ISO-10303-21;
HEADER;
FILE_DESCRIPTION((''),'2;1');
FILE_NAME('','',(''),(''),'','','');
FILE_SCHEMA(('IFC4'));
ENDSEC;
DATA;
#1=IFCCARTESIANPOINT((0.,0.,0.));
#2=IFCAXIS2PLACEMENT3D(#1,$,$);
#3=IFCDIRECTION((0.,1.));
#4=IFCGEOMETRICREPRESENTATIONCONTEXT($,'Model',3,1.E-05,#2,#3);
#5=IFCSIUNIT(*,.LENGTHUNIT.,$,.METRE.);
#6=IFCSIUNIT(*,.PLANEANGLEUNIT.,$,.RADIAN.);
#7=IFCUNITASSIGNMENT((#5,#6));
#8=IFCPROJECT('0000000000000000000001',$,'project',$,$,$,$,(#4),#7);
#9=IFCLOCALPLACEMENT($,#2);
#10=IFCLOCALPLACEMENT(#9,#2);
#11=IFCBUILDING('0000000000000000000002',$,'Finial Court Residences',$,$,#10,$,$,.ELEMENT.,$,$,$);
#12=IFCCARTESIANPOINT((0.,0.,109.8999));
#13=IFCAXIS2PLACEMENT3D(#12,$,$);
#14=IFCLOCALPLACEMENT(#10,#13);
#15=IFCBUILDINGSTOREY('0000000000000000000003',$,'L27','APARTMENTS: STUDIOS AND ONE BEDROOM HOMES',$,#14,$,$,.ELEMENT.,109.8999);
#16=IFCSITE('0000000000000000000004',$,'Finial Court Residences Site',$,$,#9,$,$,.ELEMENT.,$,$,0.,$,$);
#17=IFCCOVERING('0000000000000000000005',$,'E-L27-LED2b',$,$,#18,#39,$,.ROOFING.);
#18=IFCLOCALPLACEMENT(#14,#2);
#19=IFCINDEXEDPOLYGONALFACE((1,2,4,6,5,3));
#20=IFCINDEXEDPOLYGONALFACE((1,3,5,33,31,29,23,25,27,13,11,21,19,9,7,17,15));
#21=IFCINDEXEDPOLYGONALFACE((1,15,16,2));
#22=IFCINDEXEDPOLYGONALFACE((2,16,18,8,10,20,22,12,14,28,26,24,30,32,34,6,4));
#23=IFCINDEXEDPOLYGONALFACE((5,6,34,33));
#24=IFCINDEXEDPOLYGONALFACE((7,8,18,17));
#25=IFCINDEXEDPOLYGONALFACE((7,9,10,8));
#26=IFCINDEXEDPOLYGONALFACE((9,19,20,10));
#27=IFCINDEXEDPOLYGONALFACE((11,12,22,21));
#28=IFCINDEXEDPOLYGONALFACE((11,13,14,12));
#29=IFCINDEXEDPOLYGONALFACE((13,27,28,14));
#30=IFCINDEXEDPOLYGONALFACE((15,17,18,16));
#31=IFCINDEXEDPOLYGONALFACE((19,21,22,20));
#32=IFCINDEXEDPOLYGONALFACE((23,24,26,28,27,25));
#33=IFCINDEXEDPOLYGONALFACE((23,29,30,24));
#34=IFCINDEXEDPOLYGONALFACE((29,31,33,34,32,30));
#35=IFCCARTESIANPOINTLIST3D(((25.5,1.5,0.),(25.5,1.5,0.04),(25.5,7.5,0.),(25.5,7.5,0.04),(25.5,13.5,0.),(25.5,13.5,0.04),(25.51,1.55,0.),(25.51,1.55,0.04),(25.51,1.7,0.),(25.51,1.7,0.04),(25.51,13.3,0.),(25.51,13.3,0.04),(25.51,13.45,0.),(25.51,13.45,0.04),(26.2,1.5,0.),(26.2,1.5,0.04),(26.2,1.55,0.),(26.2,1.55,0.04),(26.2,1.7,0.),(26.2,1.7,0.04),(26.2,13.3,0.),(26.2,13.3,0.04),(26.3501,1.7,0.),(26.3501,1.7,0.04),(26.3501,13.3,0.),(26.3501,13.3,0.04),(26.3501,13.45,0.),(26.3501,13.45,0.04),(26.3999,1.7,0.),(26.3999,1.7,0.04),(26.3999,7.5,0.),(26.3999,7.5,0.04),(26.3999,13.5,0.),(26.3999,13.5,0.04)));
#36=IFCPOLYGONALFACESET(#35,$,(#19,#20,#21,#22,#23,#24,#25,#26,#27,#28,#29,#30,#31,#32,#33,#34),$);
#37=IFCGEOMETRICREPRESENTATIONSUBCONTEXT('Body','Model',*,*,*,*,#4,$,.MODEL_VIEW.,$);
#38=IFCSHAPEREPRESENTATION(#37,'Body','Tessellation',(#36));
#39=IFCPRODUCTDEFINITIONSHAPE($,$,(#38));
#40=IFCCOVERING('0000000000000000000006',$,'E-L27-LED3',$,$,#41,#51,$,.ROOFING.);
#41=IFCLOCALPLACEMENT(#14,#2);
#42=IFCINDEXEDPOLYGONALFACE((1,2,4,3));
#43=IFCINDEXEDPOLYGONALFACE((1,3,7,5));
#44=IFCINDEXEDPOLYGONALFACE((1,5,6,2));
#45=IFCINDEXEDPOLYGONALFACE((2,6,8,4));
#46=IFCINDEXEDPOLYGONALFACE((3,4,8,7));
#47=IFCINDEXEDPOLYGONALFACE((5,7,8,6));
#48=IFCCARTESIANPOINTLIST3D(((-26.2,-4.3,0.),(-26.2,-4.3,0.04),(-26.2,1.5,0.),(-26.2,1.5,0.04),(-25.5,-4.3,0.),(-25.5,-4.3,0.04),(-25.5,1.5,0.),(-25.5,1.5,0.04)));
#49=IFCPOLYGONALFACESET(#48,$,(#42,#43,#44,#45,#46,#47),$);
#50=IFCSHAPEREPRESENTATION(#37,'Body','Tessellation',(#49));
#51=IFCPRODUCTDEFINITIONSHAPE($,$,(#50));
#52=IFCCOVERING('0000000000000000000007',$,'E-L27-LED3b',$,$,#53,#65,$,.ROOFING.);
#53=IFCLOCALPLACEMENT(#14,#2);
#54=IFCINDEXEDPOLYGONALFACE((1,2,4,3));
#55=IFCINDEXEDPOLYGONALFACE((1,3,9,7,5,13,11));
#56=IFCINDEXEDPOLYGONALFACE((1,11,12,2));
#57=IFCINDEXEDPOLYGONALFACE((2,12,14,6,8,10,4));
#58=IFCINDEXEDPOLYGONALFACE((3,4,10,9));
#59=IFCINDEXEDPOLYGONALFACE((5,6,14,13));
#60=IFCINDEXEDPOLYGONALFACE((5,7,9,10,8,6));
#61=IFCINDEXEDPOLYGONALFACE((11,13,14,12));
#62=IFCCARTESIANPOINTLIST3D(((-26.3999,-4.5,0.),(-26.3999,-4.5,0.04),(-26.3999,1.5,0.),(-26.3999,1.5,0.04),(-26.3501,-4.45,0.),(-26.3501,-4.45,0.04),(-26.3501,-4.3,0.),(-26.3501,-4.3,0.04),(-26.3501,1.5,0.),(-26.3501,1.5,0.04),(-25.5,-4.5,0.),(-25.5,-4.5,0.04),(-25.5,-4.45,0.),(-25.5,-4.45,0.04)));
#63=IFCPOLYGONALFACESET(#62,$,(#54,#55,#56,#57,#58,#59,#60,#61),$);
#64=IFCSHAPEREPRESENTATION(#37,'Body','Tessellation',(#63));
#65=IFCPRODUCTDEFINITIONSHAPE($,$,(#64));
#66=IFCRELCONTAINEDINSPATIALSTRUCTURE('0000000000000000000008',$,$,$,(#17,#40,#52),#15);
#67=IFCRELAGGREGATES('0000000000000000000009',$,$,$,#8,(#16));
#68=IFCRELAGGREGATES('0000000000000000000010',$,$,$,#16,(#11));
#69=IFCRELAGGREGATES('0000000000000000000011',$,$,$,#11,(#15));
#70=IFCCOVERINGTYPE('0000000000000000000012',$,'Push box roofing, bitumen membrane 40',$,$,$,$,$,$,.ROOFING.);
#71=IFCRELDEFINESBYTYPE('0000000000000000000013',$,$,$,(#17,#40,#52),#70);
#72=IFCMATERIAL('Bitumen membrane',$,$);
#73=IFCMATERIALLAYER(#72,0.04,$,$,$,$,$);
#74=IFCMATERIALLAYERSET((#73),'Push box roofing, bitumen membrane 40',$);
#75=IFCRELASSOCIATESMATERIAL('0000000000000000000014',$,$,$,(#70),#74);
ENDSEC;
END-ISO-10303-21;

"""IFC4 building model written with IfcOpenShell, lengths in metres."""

from ifc_helpers import new_model, si_unit, direction, frame, origin, place, context, subcontext, project, spatial, polyline, outline, extrude, material, layer, layer_set, type_object, element, save


model = new_model("IFC4")

# Units and contexts
model_context = context("Model", 3, precision=1e-05, world=origin(), true_north=direction((0.0, 1.0)))
body_context = subcontext(model_context, "Body", "Model", "MODEL_VIEW")
ifc_project = project(units=[si_unit("LENGTHUNIT", "METRE"), si_unit("PLANEANGLEUNIT", "RADIAN")], contexts=[model_context])

# Site, building, storey
site_placement = place(None, origin())
site = spatial("IfcSite", under=ifc_project, at=site_placement, Name="Finial Court Residences Site", CompositionType="ELEMENT", RefElevation=0.0)
building_placement = place(site_placement, origin())
building = spatial("IfcBuilding", under=site, at=building_placement, Name="Finial Court Residences", CompositionType="ELEMENT")
storey_placement = place(building_placement, frame((0.0, 0.0, 109.8999)))
storey = spatial("IfcBuildingStorey", under=building, at=storey_placement, Name="L27", Description="APARTMENTS: STUDIOS AND ONE BEDROOM HOMES", CompositionType="ELEMENT", Elevation=109.8999)

# Coverings
ifc_material_1 = material(Name="Bitumen membrane")
ifc_layer_1 = layer(ifc_material_1, 0.04)
ifc_layer_set_1 = layer_set([ifc_layer_1], Name="Push box roofing, bitumen membrane 40")
covering_type_1 = type_object("IfcCoveringType", Name="Push box roofing, bitumen membrane 40", PredefinedType="ROOFING", material=ifc_layer_set_1)
covering_1_placement = place(storey_placement, origin())
element("IfcCovering", 1, at=covering_1_placement, inside=storey, type_object=covering_type_1, Name="E-L27-LED2b", PredefinedType="ROOFING", context=body_context, shape_type="SweptSolid", body=[
    extrude(outline(polyline([(25.5, 1.5), (25.5, 7.5), (25.5, 13.5), (26.3999, 13.5), (26.3999, 7.5), (26.3999, 1.7), (26.3501, 1.7), (26.3501, 13.3), (26.3501, 13.3), (26.3501, 13.45), (25.51, 13.45), (25.51, 13.3), (26.2, 13.3), (26.2, 1.7), (25.51, 1.7), (25.51, 1.55), (26.2, 1.55), (26.2, 1.5), (25.5, 1.5)])), origin(), (0.0, 0.0, 1.0), 0.04),
])
covering_2_placement = place(storey_placement, origin())
element("IfcCovering", 2, at=covering_2_placement, inside=storey, type_object=covering_type_1, Name="E-L27-LED3", PredefinedType="ROOFING", context=body_context, shape_type="SweptSolid", body=[
    extrude(outline(polyline([(-25.5, -4.3), (-26.2, -4.3), (-26.2, 1.5), (-25.5, 1.5), (-25.5, -4.3)])), origin(), (0.0, 0.0, 1.0), 0.04),
])
covering_3_placement = place(storey_placement, origin())
element("IfcCovering", 3, at=covering_3_placement, inside=storey, type_object=covering_type_1, Name="E-L27-LED3b", PredefinedType="ROOFING", context=body_context, shape_type="SweptSolid", body=[
    extrude(outline(polyline([(-25.5, -4.5), (-26.3999, -4.5), (-26.3999, 1.5), (-26.3501, 1.5), (-26.3501, -4.3), (-26.3501, -4.3), (-26.3501, -4.45), (-25.5, -4.45), (-25.5, -4.5)])), origin(), (0.0, 0.0, 1.0), 0.04),
])

save(model, "model.ifc")
